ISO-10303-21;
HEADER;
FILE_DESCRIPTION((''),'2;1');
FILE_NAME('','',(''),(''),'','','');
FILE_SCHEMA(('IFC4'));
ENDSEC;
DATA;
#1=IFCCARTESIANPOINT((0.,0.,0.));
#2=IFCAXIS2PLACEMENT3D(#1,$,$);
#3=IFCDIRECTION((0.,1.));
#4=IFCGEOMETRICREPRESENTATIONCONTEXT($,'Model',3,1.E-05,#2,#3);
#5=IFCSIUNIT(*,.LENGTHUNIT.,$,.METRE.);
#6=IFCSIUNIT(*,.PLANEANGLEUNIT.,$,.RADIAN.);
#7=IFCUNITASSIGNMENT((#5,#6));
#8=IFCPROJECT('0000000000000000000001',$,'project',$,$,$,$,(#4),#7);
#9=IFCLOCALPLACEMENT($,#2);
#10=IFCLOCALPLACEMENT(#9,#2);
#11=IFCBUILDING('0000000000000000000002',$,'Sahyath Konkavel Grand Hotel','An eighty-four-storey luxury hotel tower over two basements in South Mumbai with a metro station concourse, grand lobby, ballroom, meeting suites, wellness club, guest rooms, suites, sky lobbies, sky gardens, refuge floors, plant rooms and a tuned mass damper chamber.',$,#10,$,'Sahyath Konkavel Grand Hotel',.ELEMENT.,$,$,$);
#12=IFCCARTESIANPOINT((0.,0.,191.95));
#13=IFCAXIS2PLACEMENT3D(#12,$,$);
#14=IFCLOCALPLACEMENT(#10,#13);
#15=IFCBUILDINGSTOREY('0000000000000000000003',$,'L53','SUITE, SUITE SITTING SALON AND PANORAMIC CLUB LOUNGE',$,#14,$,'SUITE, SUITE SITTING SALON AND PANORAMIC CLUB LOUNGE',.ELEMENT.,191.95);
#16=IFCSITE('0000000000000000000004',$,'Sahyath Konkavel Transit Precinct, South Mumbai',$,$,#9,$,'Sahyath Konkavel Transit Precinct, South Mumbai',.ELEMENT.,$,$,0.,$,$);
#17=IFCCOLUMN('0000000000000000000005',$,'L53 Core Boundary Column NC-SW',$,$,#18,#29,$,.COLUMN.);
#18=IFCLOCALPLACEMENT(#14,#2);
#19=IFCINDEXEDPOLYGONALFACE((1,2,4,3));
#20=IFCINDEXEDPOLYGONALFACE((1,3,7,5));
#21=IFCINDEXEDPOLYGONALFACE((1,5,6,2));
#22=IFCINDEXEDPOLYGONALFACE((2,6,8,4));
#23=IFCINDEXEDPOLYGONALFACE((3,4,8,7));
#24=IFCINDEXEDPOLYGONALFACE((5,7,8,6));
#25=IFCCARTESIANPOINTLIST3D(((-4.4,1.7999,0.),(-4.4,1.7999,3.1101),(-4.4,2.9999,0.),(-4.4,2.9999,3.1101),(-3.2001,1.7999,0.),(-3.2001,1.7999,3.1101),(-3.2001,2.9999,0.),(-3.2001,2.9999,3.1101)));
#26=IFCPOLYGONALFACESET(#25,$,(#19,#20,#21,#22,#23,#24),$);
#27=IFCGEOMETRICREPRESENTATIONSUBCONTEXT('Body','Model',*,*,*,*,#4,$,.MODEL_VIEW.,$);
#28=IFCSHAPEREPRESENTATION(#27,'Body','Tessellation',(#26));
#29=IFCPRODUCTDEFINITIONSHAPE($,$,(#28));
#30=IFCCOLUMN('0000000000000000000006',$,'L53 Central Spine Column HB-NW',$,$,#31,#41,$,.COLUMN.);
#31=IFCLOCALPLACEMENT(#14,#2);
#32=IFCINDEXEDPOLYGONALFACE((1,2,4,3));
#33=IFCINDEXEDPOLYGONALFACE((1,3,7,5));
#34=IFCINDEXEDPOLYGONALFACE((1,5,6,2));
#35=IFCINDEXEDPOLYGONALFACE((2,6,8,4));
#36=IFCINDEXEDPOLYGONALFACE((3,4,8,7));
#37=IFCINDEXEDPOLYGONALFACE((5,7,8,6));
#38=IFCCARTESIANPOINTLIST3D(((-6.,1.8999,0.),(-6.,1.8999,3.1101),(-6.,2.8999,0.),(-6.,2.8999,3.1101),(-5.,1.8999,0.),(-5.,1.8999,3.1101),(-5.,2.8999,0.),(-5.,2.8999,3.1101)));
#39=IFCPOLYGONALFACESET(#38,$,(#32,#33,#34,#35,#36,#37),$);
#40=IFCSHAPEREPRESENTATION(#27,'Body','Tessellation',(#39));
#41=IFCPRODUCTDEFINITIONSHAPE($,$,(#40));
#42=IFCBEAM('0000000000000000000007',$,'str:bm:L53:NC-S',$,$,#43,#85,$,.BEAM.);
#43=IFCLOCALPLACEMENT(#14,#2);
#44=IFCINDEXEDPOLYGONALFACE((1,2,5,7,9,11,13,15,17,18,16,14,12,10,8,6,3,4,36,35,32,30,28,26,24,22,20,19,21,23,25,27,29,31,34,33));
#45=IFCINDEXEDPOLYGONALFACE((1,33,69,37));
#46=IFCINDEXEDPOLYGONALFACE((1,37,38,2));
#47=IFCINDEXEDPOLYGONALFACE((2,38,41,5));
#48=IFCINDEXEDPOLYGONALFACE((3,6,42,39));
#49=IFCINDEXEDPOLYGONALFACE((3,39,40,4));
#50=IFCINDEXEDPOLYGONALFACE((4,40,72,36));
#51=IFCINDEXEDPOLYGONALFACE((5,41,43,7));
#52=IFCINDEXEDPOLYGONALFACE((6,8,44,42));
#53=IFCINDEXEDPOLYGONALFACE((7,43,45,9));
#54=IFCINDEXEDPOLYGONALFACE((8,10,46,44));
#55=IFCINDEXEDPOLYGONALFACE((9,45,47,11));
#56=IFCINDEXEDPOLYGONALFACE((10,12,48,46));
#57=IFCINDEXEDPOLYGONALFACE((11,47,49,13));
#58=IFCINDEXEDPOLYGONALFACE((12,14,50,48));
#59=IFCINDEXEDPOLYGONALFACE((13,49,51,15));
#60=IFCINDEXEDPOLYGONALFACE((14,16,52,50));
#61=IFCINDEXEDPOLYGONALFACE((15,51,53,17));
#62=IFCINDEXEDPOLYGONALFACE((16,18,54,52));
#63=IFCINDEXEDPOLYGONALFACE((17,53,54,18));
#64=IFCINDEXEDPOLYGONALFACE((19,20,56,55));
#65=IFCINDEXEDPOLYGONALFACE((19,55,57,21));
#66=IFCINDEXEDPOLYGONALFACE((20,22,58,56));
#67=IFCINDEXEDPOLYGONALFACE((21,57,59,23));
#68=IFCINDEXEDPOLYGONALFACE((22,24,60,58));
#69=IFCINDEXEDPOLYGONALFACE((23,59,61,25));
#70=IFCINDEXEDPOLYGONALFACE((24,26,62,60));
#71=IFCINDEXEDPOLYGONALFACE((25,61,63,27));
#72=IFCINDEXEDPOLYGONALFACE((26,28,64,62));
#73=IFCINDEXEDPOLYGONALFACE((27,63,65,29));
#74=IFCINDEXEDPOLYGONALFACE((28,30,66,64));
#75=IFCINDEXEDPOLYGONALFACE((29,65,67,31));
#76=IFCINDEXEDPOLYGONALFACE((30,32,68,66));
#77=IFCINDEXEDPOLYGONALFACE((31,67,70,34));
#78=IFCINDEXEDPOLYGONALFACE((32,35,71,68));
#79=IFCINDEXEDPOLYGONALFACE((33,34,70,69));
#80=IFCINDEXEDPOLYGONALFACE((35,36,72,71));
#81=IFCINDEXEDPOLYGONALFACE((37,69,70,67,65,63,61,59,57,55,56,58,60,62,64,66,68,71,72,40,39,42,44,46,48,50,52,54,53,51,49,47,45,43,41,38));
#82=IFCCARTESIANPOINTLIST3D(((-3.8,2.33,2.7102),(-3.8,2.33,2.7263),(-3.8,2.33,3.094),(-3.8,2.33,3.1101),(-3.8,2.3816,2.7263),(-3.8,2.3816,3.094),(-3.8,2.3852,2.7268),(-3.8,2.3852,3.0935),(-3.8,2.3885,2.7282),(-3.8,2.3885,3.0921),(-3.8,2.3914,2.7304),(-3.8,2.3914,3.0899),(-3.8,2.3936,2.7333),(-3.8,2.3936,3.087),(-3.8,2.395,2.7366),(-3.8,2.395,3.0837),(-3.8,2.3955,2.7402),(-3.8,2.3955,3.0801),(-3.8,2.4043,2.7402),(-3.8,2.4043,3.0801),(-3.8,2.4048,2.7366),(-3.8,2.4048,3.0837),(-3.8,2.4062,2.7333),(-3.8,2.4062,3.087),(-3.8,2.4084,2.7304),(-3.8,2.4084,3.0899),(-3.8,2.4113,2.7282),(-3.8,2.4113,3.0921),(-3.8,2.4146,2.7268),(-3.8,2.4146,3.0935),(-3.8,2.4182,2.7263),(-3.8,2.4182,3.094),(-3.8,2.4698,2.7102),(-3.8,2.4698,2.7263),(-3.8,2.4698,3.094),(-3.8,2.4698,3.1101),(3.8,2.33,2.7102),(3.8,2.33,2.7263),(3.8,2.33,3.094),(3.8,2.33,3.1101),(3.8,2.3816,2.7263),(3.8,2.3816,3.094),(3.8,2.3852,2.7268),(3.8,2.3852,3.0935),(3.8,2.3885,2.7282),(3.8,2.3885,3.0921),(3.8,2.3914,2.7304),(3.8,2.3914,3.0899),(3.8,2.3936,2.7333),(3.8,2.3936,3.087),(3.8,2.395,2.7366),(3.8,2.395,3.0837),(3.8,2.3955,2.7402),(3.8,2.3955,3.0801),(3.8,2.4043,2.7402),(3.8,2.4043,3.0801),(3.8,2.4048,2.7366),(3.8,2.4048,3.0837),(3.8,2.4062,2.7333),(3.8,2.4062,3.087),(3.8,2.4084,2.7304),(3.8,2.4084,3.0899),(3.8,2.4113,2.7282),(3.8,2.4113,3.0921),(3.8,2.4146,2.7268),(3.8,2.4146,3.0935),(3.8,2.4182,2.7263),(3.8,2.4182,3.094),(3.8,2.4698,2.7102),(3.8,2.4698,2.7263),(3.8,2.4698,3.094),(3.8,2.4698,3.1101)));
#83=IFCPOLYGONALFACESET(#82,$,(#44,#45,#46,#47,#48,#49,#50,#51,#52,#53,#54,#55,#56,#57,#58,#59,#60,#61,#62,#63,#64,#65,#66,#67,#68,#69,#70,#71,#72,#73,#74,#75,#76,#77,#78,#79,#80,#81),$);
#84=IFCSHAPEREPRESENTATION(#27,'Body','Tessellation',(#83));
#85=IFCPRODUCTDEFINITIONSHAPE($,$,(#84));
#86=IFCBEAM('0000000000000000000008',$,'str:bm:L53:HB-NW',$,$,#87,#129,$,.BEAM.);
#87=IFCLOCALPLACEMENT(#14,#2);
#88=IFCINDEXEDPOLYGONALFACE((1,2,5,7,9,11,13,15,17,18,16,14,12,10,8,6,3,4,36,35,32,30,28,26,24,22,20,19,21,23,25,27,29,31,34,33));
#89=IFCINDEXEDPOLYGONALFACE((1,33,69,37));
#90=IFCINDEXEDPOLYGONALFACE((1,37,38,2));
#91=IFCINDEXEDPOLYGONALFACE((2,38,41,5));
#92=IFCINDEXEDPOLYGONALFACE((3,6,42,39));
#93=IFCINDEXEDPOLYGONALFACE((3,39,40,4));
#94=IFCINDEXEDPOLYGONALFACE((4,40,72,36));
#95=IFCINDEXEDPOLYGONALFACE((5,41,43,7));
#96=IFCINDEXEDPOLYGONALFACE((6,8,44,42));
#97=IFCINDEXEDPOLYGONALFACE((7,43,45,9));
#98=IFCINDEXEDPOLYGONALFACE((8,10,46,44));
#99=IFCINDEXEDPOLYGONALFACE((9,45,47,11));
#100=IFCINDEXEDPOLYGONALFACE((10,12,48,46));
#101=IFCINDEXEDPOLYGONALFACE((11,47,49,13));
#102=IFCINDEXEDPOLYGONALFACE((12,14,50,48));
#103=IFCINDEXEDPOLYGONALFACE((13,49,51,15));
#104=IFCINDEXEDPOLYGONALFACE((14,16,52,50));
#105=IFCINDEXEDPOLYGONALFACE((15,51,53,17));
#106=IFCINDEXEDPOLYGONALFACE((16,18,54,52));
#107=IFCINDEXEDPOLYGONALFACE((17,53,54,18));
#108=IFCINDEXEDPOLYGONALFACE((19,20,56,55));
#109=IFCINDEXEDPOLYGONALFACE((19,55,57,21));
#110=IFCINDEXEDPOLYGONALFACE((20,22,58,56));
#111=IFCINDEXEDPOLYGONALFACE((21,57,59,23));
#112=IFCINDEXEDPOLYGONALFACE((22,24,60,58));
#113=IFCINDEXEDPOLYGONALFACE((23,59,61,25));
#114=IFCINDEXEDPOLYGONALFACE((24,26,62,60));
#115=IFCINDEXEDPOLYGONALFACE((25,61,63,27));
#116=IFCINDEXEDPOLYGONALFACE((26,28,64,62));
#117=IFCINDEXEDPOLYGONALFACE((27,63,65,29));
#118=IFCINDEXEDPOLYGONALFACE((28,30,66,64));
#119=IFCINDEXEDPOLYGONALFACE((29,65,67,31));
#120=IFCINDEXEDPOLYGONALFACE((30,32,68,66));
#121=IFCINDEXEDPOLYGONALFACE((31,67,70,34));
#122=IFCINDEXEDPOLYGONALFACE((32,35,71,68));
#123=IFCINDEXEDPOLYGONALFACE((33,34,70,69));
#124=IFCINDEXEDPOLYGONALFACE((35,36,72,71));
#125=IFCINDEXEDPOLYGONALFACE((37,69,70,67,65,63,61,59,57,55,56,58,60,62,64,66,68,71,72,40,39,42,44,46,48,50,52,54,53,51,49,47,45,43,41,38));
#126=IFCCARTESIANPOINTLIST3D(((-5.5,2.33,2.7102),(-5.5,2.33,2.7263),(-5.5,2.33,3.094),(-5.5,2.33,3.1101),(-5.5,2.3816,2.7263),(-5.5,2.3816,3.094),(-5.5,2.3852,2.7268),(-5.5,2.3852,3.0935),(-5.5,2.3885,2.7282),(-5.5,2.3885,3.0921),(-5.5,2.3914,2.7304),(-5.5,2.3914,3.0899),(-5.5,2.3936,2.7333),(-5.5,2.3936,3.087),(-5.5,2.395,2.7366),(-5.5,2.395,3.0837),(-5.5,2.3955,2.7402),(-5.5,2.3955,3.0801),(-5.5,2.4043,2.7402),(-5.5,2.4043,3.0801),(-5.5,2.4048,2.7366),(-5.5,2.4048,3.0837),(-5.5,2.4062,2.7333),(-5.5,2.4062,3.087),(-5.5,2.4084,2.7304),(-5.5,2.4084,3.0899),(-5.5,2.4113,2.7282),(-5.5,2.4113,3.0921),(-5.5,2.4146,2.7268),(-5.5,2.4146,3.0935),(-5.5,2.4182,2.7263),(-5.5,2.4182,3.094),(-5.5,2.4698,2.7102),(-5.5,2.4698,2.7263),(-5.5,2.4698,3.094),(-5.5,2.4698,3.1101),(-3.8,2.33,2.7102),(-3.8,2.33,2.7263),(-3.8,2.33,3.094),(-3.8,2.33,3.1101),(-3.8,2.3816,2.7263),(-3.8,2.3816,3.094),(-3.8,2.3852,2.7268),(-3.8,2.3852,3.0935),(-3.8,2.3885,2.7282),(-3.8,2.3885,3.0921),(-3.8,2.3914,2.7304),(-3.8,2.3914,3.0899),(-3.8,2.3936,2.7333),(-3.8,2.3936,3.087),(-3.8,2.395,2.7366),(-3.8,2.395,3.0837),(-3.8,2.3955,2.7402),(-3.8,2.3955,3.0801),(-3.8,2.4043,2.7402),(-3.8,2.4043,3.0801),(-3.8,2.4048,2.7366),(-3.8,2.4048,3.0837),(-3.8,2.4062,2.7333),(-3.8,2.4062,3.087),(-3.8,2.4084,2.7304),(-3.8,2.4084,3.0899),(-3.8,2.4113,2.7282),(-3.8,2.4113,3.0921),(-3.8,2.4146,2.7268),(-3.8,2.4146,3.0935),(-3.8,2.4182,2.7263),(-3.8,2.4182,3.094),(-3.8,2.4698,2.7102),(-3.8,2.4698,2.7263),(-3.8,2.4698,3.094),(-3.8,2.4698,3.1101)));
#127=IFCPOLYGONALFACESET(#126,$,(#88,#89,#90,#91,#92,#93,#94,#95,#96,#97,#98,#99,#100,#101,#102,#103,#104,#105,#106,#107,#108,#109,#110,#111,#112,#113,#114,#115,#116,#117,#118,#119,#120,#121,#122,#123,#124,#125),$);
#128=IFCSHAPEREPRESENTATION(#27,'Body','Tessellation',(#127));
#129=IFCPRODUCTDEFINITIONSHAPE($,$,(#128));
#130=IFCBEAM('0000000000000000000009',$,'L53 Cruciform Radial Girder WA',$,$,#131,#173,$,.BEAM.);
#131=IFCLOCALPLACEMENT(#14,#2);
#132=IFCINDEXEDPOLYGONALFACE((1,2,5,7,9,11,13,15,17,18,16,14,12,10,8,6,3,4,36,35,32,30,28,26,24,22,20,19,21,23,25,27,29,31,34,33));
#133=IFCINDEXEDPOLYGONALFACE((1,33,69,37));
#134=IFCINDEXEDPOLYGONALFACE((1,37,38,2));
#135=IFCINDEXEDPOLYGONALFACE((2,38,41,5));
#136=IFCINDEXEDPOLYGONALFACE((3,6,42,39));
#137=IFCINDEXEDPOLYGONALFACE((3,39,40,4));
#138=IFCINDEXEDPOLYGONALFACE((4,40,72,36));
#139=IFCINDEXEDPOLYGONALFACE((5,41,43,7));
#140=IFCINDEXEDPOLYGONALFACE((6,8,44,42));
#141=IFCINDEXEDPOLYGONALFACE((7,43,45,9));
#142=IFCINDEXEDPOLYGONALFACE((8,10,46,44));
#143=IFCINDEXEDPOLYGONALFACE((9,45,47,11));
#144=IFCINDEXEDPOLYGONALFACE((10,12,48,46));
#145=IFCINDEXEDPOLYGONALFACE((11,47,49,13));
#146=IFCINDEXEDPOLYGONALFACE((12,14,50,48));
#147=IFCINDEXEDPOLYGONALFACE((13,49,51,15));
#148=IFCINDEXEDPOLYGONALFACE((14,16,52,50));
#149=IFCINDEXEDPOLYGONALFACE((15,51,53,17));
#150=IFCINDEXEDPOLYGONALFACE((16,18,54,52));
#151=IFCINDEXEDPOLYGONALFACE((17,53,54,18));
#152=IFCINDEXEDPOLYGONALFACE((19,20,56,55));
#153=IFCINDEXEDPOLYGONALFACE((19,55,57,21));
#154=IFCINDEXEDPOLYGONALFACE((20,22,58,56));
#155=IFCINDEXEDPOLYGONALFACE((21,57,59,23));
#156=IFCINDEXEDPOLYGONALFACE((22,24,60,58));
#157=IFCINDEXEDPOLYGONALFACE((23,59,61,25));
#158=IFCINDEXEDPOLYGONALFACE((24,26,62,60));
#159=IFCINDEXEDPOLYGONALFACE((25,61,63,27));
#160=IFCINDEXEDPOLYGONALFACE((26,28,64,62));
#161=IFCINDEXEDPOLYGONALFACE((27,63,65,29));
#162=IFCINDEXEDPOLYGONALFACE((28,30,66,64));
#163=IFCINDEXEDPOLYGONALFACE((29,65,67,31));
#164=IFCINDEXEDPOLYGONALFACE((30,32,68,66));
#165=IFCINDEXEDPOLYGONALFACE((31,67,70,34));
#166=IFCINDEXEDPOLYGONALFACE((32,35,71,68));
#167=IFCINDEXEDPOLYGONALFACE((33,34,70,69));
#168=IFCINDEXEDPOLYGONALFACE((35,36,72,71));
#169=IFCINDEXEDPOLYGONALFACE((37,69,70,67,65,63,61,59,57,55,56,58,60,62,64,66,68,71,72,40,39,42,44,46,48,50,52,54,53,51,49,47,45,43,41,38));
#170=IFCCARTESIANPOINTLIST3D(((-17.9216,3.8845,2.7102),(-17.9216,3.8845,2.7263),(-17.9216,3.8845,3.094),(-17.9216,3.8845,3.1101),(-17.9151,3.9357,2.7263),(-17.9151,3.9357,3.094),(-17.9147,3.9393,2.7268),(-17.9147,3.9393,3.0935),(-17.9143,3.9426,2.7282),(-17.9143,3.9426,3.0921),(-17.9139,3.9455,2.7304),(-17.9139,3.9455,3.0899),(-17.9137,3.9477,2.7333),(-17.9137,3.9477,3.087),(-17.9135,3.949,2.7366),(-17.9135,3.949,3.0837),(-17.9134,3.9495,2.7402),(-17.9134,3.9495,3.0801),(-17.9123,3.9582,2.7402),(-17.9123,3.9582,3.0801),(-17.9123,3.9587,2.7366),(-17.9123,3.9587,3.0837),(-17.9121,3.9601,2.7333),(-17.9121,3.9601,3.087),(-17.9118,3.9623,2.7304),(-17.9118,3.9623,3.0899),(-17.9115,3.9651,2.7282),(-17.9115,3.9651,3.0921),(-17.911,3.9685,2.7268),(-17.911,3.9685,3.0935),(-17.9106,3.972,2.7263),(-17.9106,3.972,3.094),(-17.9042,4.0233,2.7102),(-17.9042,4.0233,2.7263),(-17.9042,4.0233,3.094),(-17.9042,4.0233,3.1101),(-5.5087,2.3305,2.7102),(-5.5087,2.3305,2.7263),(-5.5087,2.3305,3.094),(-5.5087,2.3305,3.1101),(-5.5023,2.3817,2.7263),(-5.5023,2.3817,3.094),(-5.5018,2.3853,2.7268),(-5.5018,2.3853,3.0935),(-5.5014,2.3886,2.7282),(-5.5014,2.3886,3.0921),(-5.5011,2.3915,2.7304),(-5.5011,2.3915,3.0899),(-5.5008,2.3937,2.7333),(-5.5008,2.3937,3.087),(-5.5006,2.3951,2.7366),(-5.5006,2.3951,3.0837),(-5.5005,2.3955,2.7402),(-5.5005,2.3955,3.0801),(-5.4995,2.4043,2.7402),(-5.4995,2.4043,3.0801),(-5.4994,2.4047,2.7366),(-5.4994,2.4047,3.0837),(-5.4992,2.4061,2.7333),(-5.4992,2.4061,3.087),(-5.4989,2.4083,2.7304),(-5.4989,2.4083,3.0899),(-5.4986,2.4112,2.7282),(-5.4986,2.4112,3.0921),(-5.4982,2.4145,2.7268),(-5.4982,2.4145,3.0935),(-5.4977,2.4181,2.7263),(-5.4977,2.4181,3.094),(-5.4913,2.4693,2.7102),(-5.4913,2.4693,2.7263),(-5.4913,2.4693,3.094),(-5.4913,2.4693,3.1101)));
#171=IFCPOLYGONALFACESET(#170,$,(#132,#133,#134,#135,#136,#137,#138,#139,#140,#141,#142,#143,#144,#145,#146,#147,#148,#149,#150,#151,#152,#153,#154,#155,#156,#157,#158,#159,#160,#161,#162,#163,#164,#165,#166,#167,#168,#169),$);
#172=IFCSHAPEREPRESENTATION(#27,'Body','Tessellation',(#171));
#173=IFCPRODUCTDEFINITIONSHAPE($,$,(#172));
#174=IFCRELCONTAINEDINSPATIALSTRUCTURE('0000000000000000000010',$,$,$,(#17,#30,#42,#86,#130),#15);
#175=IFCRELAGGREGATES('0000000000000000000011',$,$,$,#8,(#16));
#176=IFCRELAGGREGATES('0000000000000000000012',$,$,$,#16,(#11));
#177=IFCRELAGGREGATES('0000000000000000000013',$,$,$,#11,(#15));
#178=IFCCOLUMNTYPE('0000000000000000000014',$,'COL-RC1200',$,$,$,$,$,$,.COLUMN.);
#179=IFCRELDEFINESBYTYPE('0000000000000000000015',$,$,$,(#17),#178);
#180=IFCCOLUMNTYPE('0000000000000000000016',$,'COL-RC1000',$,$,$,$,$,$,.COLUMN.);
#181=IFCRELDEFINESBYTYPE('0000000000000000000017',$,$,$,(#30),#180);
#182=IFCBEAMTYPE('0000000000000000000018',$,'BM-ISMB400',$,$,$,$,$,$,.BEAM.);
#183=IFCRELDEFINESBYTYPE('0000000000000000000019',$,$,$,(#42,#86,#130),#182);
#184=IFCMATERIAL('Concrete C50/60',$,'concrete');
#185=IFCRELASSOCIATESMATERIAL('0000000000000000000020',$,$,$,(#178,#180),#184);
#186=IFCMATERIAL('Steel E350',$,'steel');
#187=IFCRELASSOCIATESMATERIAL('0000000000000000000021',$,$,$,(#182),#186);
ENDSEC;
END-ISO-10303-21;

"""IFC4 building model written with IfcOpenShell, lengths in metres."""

from ifc_helpers import new_model, si_unit, direction, frame, origin, origin_2d, place, context, subcontext, project, spatial, rectangle, i_section, extrude, source, transform, mapped, material, material_profile, profile_set, type_object, element, save


model = new_model("IFC4")

# Units and contexts
model_context = context("Model", 3, precision=1e-05, world=origin(), true_north=direction((0.0, 1.0)))
body_context = subcontext(model_context, "Body", "Model", "MODEL_VIEW")
ifc_project = project(units=[si_unit("LENGTHUNIT", "METRE"), si_unit("PLANEANGLEUNIT", "RADIAN")], contexts=[model_context])

# Site, building, storey
site_placement = place(None, origin())
site = spatial("IfcSite", under=ifc_project, at=site_placement, Name="Sahyath Konkavel Transit Precinct, South Mumbai", LongName="Sahyath Konkavel Transit Precinct, South Mumbai", CompositionType="ELEMENT", RefElevation=0.0)
building_placement = place(site_placement, origin())
building = spatial("IfcBuilding", under=site, at=building_placement, Name="Sahyath Konkavel Grand Hotel", Description="An eighty-four-storey luxury hotel tower over two basements in South Mumbai with a metro station concourse, grand lobby, ballroom, meeting suites, wellness club, guest rooms, suites, sky lobbies, sky gardens, refuge floors, plant rooms and a tuned mass damper chamber.", LongName="Sahyath Konkavel Grand Hotel", CompositionType="ELEMENT")
storey_placement = place(building_placement, frame((0.0, 0.0, 191.95)))
storey = spatial("IfcBuildingStorey", under=building, at=storey_placement, Name="L53", Description="SUITE, SUITE SITTING SALON AND PANORAMIC CLUB LOUNGE", LongName="SUITE, SUITE SITTING SALON AND PANORAMIC CLUB LOUNGE", CompositionType="ELEMENT", Elevation=191.95)

# Columns
ifc_material_1 = material(Name="Concrete C50/60", Category="concrete")
ifc_material_profile_1 = material_profile(ifc_material_1, rectangle(XDim=1.2, YDim=1.2, at=origin_2d()), Name="RC 1200x1200")
ifc_profile_set_1 = profile_set([ifc_material_profile_1], Name="Concrete C50/60")
column_type_1 = type_object("IfcColumnType", Name="COL-RC1200", PredefinedType="COLUMN", material=ifc_profile_set_1)
shared_shape_1 = source(origin(), body_context, "Body", "SweptSolid", [
    extrude(rectangle(XDim=1.2, YDim=1.2, at=origin_2d()), origin(), (0.0, 0.0, 1.0), 3.1101),
])
column_1_placement = place(storey_placement, frame((-3.8, 2.3999, 0.0), z_axis=(0.0, 0.0, 1.0), x_axis=(1.0, 0.0, 0.0)))
element("IfcColumn", 1, at=column_1_placement, inside=storey, type_object=column_type_1, Name="L53 Core Boundary Column NC-SW", PredefinedType="COLUMN", context=body_context, shape_type="MappedRepresentation", body=[
    mapped(shared_shape_1, transform((0.0, 0.0, 0.0), scale=1.0)),
])
ifc_material_profile_2 = material_profile(ifc_material_1, rectangle(XDim=1.0, YDim=1.0, at=origin_2d()), Name="RC 1000x1000")
ifc_profile_set_2 = profile_set([ifc_material_profile_2], Name="Concrete C50/60")
column_type_2 = type_object("IfcColumnType", Name="COL-RC1000", PredefinedType="COLUMN", material=ifc_profile_set_2)
shared_shape_2 = source(origin(), body_context, "Body", "SweptSolid", [
    extrude(rectangle(XDim=1.0, YDim=1.0, at=origin_2d()), origin(), (0.0, 0.0, 1.0), 3.1101),
])
column_2_placement = place(storey_placement, frame((-5.5, 2.3999, 0.0), z_axis=(0.0, 0.0, 1.0), x_axis=(1.0, 0.0, 0.0)))
element("IfcColumn", 2, at=column_2_placement, inside=storey, type_object=column_type_2, Name="L53 Central Spine Column HB-NW", PredefinedType="COLUMN", context=body_context, shape_type="MappedRepresentation", body=[
    mapped(shared_shape_2, transform((0.0, 0.0, 0.0), scale=1.0)),
])

# Beams
ifc_material_2 = material(Name="Steel E350", Category="steel")
ifc_material_profile_3 = material_profile(ifc_material_2, i_section(OverallWidth=0.1399, OverallDepth=0.3999, WebThickness=0.0088, FlangeThickness=0.0161, FilletRadius=0.0139, at=origin_2d()), Name="ISMB 400")
ifc_profile_set_3 = profile_set([ifc_material_profile_3], Name="Steel E350")
beam_type = type_object("IfcBeamType", Name="BM-ISMB400", PredefinedType="BEAM", material=ifc_profile_set_3)
shared_shape_3 = source(origin(), body_context, "Body", "SweptSolid", [
    extrude(i_section(OverallWidth=0.1399, OverallDepth=0.3999, WebThickness=0.0088, FlangeThickness=0.0161, FilletRadius=0.0139, at=origin_2d()), origin(), (0.0, 0.0, 1.0), 7.6001),
])
beam_1_placement = place(storey_placement, frame((-3.8, 2.3999, 2.9102), z_axis=(1.0, 0.0, 0.0), x_axis=(0.0, 1.0, 0.0)))
element("IfcBeam", 3, at=beam_1_placement, inside=storey, type_object=beam_type, Name="str:bm:L53:NC-S", PredefinedType="BEAM", context=body_context, shape_type="MappedRepresentation", body=[
    mapped(shared_shape_3, transform((0.0, 0.0, 0.0), scale=1.0)),
])
shared_shape_4 = source(origin(), body_context, "Body", "SweptSolid", [
    extrude(i_section(OverallWidth=0.1399, OverallDepth=0.3999, WebThickness=0.0088, FlangeThickness=0.0161, FilletRadius=0.0139, at=origin_2d()), origin(), (0.0, 0.0, 1.0), 1.7),
])
beam_2_placement = place(storey_placement, frame((-5.5, 2.3999, 2.9102), z_axis=(1.0, 0.0, 0.0), x_axis=(0.0, 1.0, 0.0)))
element("IfcBeam", 4, at=beam_2_placement, inside=storey, type_object=beam_type, Name="str:bm:L53:HB-NW", PredefinedType="BEAM", context=body_context, shape_type="MappedRepresentation", body=[
    mapped(shared_shape_4, transform((0.0, 0.0, 0.0), scale=1.0)),
])
shared_shape_5 = source(origin(), body_context, "Body", "SweptSolid", [
    extrude(i_section(OverallWidth=0.1399, OverallDepth=0.3999, WebThickness=0.0088, FlangeThickness=0.0161, FilletRadius=0.0139, at=origin_2d()), origin(), (0.0, 0.0, 1.0), 12.5098),
])
beam_3_placement = place(storey_placement, frame((-5.5, 2.3999, 2.9102), z_axis=(-0.992255, 0.12422, 0.0), x_axis=(-0.12422, -0.992255, 0.0)))
element("IfcBeam", 5, at=beam_3_placement, inside=storey, type_object=beam_type, Name="L53 Cruciform Radial Girder WA", PredefinedType="BEAM", context=body_context, shape_type="MappedRepresentation", body=[
    mapped(shared_shape_5, transform((0.0, 0.0, 0.0), scale=1.0)),
])

save(model, "model.ifc")
